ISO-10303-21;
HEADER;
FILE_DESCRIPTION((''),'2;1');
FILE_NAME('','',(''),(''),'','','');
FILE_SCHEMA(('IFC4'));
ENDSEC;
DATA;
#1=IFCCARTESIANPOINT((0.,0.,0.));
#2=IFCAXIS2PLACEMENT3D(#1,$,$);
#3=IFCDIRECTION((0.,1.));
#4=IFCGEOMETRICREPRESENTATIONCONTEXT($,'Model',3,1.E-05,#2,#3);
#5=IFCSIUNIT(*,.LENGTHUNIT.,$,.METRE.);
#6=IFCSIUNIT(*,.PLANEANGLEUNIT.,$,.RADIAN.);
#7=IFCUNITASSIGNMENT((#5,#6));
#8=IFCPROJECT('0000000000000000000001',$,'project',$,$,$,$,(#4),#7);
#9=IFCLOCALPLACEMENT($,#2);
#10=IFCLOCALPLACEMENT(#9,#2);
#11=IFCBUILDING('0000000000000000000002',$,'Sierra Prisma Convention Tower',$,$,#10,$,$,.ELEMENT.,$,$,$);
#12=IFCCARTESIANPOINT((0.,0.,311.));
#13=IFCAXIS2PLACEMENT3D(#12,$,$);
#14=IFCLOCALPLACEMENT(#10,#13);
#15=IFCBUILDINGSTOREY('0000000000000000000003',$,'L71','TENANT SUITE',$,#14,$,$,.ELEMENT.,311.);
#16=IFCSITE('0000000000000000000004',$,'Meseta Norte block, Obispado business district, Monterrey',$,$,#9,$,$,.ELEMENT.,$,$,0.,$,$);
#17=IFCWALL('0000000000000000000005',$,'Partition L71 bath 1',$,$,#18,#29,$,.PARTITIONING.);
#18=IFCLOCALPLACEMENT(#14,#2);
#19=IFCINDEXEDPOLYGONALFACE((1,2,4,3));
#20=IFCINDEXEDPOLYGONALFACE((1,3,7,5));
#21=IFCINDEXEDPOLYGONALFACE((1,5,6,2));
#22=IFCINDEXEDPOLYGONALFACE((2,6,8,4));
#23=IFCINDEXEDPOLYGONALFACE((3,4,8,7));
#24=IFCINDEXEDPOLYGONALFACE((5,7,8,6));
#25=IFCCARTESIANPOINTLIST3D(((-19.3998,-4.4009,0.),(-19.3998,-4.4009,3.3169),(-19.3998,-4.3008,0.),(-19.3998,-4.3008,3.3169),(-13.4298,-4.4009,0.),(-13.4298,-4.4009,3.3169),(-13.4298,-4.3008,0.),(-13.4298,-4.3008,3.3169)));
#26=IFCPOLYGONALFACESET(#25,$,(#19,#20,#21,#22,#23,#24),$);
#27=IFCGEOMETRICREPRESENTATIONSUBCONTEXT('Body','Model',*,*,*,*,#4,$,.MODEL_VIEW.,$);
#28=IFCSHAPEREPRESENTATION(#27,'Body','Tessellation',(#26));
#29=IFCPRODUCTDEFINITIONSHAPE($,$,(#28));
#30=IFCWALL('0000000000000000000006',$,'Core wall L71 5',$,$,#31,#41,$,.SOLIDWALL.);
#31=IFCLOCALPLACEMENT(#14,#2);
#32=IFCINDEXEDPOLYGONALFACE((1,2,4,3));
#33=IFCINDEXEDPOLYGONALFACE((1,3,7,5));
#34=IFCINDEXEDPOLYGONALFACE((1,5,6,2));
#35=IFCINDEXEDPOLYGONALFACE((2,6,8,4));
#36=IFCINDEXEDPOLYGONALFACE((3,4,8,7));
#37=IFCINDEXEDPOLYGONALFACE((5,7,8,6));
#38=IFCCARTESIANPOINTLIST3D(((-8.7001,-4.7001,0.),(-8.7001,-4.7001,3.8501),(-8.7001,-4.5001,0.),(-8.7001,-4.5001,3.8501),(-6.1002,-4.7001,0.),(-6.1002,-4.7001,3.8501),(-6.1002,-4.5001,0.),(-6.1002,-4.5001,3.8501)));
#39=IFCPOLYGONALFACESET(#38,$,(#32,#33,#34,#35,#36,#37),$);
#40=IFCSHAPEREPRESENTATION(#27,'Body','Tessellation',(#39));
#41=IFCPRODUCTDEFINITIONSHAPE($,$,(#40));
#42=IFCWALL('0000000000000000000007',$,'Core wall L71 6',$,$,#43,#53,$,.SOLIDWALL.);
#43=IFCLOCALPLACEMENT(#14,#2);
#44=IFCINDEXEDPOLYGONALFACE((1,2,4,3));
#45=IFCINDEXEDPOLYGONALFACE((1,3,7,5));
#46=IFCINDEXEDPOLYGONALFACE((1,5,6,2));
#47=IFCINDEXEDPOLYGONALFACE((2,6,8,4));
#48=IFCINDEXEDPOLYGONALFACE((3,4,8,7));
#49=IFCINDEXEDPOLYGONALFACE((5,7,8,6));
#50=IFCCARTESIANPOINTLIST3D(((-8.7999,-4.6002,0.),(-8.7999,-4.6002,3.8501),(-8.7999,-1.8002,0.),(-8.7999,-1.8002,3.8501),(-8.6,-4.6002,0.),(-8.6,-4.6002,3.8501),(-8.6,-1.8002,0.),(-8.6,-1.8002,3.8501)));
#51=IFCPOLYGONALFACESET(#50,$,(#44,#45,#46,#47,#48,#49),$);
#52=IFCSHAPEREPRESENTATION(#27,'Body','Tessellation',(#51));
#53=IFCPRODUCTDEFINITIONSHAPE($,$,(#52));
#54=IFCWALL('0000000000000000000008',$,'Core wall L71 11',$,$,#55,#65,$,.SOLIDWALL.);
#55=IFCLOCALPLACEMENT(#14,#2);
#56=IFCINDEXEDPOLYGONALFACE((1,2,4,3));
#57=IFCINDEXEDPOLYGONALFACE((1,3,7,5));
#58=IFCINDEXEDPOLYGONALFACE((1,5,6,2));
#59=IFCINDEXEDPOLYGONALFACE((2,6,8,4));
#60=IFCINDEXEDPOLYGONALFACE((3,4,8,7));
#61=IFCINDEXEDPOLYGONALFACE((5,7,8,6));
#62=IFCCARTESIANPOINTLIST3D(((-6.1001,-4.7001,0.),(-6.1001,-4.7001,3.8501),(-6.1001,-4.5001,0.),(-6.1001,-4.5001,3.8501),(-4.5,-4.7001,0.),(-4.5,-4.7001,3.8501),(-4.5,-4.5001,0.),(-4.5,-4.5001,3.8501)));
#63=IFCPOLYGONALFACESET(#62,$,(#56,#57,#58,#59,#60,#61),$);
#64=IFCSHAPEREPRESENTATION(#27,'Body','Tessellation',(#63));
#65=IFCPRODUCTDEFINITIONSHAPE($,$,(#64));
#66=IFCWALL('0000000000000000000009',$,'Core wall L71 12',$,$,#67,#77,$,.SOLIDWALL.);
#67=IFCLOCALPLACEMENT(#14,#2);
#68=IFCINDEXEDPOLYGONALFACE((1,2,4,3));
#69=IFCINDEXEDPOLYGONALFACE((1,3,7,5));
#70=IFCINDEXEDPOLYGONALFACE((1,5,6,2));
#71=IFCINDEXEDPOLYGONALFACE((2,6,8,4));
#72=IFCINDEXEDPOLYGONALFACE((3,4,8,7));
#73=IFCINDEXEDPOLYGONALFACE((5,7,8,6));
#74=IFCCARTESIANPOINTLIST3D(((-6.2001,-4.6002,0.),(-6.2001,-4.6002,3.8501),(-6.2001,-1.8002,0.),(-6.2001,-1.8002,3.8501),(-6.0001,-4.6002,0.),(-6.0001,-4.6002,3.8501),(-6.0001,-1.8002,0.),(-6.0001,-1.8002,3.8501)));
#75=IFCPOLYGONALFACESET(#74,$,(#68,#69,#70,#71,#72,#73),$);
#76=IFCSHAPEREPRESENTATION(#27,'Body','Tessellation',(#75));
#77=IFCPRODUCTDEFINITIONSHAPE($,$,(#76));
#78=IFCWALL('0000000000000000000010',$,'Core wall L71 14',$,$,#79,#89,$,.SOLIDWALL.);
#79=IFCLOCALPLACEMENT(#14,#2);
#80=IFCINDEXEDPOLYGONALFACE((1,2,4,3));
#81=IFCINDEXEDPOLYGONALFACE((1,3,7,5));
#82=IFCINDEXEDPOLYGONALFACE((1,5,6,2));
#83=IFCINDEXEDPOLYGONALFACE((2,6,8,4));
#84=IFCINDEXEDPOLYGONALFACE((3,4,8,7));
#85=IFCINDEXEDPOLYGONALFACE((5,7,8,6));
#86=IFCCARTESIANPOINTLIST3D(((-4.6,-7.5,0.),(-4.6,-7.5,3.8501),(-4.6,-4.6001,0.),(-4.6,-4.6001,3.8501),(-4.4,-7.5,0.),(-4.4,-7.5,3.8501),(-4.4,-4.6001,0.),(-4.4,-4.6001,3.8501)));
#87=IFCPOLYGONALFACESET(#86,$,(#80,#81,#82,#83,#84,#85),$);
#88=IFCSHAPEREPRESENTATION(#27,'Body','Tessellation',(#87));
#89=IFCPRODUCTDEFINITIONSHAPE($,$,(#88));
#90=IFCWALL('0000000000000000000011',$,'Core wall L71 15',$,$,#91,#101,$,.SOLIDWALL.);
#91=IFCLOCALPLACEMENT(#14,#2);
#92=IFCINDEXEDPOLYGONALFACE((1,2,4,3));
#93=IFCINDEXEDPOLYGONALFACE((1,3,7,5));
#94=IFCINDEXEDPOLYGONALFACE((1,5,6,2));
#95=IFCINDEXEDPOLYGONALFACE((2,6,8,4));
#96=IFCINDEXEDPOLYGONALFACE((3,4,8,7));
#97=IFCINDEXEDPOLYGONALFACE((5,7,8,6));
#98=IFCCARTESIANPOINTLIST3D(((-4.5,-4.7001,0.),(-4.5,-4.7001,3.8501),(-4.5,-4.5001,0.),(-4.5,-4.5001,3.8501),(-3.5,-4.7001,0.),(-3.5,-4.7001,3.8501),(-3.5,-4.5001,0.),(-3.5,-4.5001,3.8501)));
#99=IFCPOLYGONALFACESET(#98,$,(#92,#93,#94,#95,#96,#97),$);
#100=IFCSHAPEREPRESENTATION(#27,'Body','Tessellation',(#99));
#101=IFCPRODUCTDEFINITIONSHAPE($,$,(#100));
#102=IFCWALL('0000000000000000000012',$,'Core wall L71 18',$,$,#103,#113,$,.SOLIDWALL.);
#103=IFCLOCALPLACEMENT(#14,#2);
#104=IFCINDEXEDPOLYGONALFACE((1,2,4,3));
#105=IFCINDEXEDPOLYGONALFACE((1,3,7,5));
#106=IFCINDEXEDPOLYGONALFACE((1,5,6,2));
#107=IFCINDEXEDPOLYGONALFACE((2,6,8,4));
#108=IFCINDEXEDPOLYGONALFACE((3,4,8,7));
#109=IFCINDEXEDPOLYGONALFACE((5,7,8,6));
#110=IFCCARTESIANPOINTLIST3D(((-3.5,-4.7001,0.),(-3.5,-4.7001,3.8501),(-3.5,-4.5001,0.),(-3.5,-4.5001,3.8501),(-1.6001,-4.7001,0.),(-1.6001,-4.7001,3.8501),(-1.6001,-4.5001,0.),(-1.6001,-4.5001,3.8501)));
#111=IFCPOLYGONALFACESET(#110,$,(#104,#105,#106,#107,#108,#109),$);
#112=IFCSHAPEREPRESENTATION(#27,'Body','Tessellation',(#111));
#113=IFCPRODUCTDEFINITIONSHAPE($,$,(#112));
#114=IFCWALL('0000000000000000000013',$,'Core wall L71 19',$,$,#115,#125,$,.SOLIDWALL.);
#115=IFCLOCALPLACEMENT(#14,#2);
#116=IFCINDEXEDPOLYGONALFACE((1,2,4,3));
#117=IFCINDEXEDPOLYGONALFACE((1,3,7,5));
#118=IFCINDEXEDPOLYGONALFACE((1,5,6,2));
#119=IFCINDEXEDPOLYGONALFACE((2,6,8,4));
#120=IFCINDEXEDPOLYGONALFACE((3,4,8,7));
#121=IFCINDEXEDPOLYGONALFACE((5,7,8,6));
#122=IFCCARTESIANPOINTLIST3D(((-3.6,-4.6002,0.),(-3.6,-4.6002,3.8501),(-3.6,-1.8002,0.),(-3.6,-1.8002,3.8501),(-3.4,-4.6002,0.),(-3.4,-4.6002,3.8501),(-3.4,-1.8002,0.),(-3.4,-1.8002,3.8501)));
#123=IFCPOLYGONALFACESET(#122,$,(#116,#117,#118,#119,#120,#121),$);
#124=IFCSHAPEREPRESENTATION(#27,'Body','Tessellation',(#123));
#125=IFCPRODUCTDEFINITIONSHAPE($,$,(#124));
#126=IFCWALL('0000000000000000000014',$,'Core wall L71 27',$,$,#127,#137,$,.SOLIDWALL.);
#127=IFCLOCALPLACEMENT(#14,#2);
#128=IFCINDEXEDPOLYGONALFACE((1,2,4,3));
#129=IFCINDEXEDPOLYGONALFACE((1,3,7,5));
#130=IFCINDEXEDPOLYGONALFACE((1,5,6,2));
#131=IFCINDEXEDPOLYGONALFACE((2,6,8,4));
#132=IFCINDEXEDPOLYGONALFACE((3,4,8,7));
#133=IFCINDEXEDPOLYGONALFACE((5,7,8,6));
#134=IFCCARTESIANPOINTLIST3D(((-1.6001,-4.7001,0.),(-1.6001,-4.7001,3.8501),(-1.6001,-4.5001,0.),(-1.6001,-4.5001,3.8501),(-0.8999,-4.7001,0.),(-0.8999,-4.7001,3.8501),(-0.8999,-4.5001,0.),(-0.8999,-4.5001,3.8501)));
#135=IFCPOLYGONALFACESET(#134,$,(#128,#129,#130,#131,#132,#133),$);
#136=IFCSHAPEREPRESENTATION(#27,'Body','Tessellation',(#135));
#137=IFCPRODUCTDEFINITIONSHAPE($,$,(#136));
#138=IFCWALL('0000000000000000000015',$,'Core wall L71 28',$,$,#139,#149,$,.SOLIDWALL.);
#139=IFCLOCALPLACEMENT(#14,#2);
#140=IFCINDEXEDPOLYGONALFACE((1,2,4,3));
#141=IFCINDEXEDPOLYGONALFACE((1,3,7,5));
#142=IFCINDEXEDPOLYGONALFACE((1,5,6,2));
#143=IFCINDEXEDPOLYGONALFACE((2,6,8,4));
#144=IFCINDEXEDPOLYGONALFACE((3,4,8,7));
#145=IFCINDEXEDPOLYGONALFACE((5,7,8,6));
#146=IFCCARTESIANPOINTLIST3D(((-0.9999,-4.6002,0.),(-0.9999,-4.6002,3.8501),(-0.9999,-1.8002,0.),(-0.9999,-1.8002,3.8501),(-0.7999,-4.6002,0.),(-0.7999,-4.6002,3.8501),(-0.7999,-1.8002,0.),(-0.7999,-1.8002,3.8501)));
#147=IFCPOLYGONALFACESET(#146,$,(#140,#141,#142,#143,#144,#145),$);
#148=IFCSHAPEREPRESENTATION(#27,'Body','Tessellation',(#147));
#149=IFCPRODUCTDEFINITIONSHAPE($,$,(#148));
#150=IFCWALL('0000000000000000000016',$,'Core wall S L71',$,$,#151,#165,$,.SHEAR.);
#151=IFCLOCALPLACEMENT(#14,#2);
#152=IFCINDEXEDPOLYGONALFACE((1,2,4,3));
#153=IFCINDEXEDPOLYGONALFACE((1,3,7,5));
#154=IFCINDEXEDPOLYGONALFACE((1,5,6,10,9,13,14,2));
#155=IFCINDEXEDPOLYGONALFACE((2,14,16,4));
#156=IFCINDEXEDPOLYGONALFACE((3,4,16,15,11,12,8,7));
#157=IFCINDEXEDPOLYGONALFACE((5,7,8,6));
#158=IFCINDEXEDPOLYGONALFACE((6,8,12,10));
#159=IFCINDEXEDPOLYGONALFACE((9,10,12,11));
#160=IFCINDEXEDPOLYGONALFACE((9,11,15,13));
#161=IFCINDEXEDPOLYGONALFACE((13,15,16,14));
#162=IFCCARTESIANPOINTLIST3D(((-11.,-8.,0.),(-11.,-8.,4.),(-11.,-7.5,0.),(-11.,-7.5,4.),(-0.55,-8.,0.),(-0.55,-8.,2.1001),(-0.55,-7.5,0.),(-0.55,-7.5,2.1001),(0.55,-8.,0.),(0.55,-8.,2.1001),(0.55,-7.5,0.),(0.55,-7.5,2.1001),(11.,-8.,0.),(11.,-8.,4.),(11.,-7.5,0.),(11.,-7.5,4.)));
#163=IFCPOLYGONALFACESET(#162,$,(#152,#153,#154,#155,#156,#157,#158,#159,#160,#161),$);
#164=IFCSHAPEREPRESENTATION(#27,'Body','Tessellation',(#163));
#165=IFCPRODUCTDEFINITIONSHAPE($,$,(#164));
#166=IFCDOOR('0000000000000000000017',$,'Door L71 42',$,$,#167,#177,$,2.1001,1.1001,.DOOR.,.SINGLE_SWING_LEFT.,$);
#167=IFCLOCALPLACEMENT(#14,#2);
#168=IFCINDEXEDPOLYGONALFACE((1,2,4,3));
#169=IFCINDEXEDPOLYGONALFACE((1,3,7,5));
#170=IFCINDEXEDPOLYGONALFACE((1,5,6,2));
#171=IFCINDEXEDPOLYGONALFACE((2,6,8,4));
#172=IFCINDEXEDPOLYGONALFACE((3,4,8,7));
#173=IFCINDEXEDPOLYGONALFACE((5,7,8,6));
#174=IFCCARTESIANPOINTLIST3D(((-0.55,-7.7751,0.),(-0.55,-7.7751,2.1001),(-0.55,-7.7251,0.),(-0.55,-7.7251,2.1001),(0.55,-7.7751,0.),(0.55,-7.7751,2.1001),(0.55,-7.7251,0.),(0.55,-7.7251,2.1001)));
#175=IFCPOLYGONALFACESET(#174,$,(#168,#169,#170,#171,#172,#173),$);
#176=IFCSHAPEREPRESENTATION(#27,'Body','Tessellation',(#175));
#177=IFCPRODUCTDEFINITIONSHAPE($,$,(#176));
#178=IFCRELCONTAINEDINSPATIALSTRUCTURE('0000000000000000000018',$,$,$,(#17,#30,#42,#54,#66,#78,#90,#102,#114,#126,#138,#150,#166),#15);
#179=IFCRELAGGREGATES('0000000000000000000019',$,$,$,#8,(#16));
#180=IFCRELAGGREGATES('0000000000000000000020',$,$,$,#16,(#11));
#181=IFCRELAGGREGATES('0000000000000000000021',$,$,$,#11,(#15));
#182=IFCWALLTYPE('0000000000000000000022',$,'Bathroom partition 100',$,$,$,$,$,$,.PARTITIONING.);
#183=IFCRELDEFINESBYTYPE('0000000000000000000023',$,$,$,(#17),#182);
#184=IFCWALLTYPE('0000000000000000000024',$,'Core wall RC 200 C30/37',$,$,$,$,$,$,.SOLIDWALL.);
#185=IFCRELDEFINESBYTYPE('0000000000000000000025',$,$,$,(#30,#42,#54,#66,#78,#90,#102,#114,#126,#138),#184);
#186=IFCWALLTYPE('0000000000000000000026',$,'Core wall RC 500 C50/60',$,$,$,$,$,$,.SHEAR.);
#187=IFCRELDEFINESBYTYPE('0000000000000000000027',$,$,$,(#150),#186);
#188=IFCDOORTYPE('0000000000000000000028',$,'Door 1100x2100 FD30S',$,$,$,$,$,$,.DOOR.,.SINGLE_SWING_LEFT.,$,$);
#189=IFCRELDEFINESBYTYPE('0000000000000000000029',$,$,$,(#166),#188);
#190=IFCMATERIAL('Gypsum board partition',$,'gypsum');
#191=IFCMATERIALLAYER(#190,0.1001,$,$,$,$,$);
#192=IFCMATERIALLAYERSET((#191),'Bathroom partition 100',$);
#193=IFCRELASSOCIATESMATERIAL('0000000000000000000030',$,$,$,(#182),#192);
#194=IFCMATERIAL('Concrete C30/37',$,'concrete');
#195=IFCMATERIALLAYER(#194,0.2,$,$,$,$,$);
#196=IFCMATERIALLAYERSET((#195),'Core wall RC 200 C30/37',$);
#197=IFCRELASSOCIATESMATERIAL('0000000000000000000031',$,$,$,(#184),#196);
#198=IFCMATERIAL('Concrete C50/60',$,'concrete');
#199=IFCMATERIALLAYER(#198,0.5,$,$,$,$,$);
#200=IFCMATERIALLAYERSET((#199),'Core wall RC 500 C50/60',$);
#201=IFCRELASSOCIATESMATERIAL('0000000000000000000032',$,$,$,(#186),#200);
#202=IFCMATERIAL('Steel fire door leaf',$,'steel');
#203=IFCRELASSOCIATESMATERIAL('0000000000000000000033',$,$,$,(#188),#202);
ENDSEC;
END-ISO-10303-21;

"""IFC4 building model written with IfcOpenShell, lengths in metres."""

from ifc_helpers import new_model, si_unit, direction, frame, frame_2d, origin, place, context, subcontext, project, spatial, rectangle, extrude, material, layer, layer_set, type_object, element, fill, save


model = new_model("IFC4")

# Units and contexts
model_context = context("Model", 3, precision=1e-05, world=origin(), true_north=direction((0.0, 1.0)))
body_context = subcontext(model_context, "Body", "Model", "MODEL_VIEW")
ifc_project = project(units=[si_unit("LENGTHUNIT", "METRE"), si_unit("PLANEANGLEUNIT", "RADIAN")], contexts=[model_context])

# Site, building, storey
site_placement = place(None, origin())
site = spatial("IfcSite", under=ifc_project, at=site_placement, Name="Meseta Norte block, Obispado business district, Monterrey", CompositionType="ELEMENT", RefElevation=0.0)
building_placement = place(site_placement, origin())
building = spatial("IfcBuilding", under=site, at=building_placement, Name="Sierra Prisma Convention Tower", CompositionType="ELEMENT")
storey_placement = place(building_placement, frame((0.0, 0.0, 311.0)))
storey = spatial("IfcBuildingStorey", under=building, at=storey_placement, Name="L71", Description="TENANT SUITE", CompositionType="ELEMENT", Elevation=311.0)

# Wall
ifc_material_1 = material(Name="Gypsum board partition", Category="gypsum")
ifc_layer_1 = layer(ifc_material_1, 0.1001)
ifc_layer_set_1 = layer_set([ifc_layer_1], Name="Bathroom partition 100")
wall_type_1 = type_object("IfcWallType", Name="Bathroom partition 100", PredefinedType="PARTITIONING", material=ifc_layer_set_1)
wall_1_placement = place(storey_placement, frame((-13.4299, -4.3508, 0.0), z_axis=(0.0, 0.0, 1.0), x_axis=(-1.0, 0.0, 0.0)))
element("IfcWall", 1, at=wall_1_placement, inside=storey, type_object=wall_type_1, Name="Partition L71 bath 1", PredefinedType="PARTITIONING", context=body_context, shape_type="SweptSolid", body=[
    extrude(rectangle(XDim=5.97, YDim=0.1001, at=frame_2d((2.9849, 0.0))), origin(), (0.0, 0.0, 1.0), 3.3169),
])

# Shared definitions
ifc_material_2 = material(Name="Concrete C30/37", Category="concrete")
ifc_layer_2 = layer(ifc_material_2, 0.2)
ifc_layer_set_2 = layer_set([ifc_layer_2], Name="Core wall RC 200 C30/37")
wall_type_2 = type_object("IfcWallType", Name="Core wall RC 200 C30/37", PredefinedType="SOLIDWALL", material=ifc_layer_set_2)

# Walls
wall_2_placement = place(storey_placement, frame((-8.7, -4.6001, 0.0), z_axis=(0.0, 0.0, 1.0), x_axis=(1.0, 0.0, 0.0)))
element("IfcWall", 2, at=wall_2_placement, inside=storey, type_object=wall_type_2, Name="Core wall L71 5", PredefinedType="SOLIDWALL", context=body_context, shape_type="SweptSolid", body=[
    extrude(rectangle(XDim=2.5999, YDim=0.2, at=frame_2d((1.2998, 0.0))), origin(), (0.0, 0.0, 1.0), 3.8501),
])
wall_3_placement = place(storey_placement, frame((-8.7, -4.6001, 0.0), z_axis=(0.0, 0.0, 1.0), x_axis=(0.0, 1.0, 0.0)))
element("IfcWall", 3, at=wall_3_placement, inside=storey, type_object=wall_type_2, Name="Core wall L71 6", PredefinedType="SOLIDWALL", context=body_context, shape_type="SweptSolid", body=[
    extrude(rectangle(XDim=2.8, YDim=0.2, at=frame_2d((1.3999, 0.0))), origin(), (0.0, 0.0, 1.0), 3.8501),
])
wall_4_placement = place(storey_placement, frame((-6.1001, -4.6001, 0.0), z_axis=(0.0, 0.0, 1.0), x_axis=(1.0, 0.0, 0.0)))
element("IfcWall", 4, at=wall_4_placement, inside=storey, type_object=wall_type_2, Name="Core wall L71 11", PredefinedType="SOLIDWALL", context=body_context, shape_type="SweptSolid", body=[
    extrude(rectangle(XDim=1.6001, YDim=0.2, at=frame_2d((0.8, 0.0))), origin(), (0.0, 0.0, 1.0), 3.8501),
])
wall_5_placement = place(storey_placement, frame((-6.1001, -4.6001, 0.0), z_axis=(0.0, 0.0, 1.0), x_axis=(0.0, 1.0, 0.0)))
element("IfcWall", 5, at=wall_5_placement, inside=storey, type_object=wall_type_2, Name="Core wall L71 12", PredefinedType="SOLIDWALL", context=body_context, shape_type="SweptSolid", body=[
    extrude(rectangle(XDim=2.8, YDim=0.2, at=frame_2d((1.3999, 0.0))), origin(), (0.0, 0.0, 1.0), 3.8501),
])
wall_6_placement = place(storey_placement, frame((-4.5, -4.6001, 0.0), z_axis=(0.0, 0.0, 1.0), x_axis=(0.0, -1.0, 0.0)))
element("IfcWall", 6, at=wall_6_placement, inside=storey, type_object=wall_type_2, Name="Core wall L71 14", PredefinedType="SOLIDWALL", context=body_context, shape_type="SweptSolid", body=[
    extrude(rectangle(XDim=2.8999, YDim=0.2, at=frame_2d((1.45, 0.0))), origin(), (0.0, 0.0, 1.0), 3.8501),
])
wall_7_placement = place(storey_placement, frame((-4.5, -4.6001, 0.0), z_axis=(0.0, 0.0, 1.0), x_axis=(1.0, 0.0, 0.0)))
element("IfcWall", 7, at=wall_7_placement, inside=storey, type_object=wall_type_2, Name="Core wall L71 15", PredefinedType="SOLIDWALL", context=body_context, shape_type="SweptSolid", body=[
    extrude(rectangle(XDim=1.0, YDim=0.2, at=frame_2d((0.5, 0.0))), origin(), (0.0, 0.0, 1.0), 3.8501),
])
wall_8_placement = place(storey_placement, frame((-3.5, -4.6001, 0.0), z_axis=(0.0, 0.0, 1.0), x_axis=(1.0, 0.0, 0.0)))
element("IfcWall", 8, at=wall_8_placement, inside=storey, type_object=wall_type_2, Name="Core wall L71 18", PredefinedType="SOLIDWALL", context=body_context, shape_type="SweptSolid", body=[
    extrude(rectangle(XDim=1.8999, YDim=0.2, at=frame_2d((0.95, 0.0))), origin(), (0.0, 0.0, 1.0), 3.8501),
])
wall_9_placement = place(storey_placement, frame((-3.5, -4.6001, 0.0), z_axis=(0.0, 0.0, 1.0), x_axis=(0.0, 1.0, 0.0)))
element("IfcWall", 9, at=wall_9_placement, inside=storey, type_object=wall_type_2, Name="Core wall L71 19", PredefinedType="SOLIDWALL", context=body_context, shape_type="SweptSolid", body=[
    extrude(rectangle(XDim=2.8, YDim=0.2, at=frame_2d((1.3999, 0.0))), origin(), (0.0, 0.0, 1.0), 3.8501),
])

# Walls
wall_10_placement = place(storey_placement, frame((-1.6001, -4.6001, 0.0), z_axis=(0.0, 0.0, 1.0), x_axis=(1.0, 0.0, 0.0)))
element("IfcWall", 10, at=wall_10_placement, inside=storey, type_object=wall_type_2, Name="Core wall L71 27", PredefinedType="SOLIDWALL", context=body_context, shape_type="SweptSolid", body=[
    extrude(rectangle(XDim=0.7002, YDim=0.2, at=frame_2d((0.3501, 0.0))), origin(), (0.0, 0.0, 1.0), 3.8501),
])
wall_11_placement = place(storey_placement, frame((-0.8999, -4.6001, 0.0), z_axis=(0.0, 0.0, 1.0), x_axis=(0.0, 1.0, 0.0)))
element("IfcWall", 11, at=wall_11_placement, inside=storey, type_object=wall_type_2, Name="Core wall L71 28", PredefinedType="SOLIDWALL", context=body_context, shape_type="SweptSolid", body=[
    extrude(rectangle(XDim=2.8, YDim=0.2, at=frame_2d((1.3999, 0.0))), origin(), (0.0, 0.0, 1.0), 3.8501),
])

# Wall, opening, door
ifc_material_3 = material(Name="Concrete C50/60", Category="concrete")
ifc_layer_3 = layer(ifc_material_3, 0.5)
ifc_layer_set_3 = layer_set([ifc_layer_3], Name="Core wall RC 500 C50/60")
wall_type_3 = type_object("IfcWallType", Name="Core wall RC 500 C50/60", PredefinedType="SHEAR", material=ifc_layer_set_3)
wall_12_placement = place(storey_placement, frame((-11.0, -7.75, 0.0), z_axis=(0.0, 0.0, 1.0), x_axis=(1.0, 0.0, 0.0)))
wall_12 = element("IfcWall", 12, at=wall_12_placement, inside=storey, type_object=wall_type_3, Name="Core wall S L71", PredefinedType="SHEAR", context=body_context, shape_type="SweptSolid", body=[
    extrude(rectangle(XDim=22.0, YDim=0.5, at=frame_2d((11.0, 0.0))), origin(), (0.0, 0.0, 1.0), 4.0),
])
opening_1_placement = place(wall_12_placement, frame((10.45, 0.0, 0.0)))
opening_1 = element("IfcOpeningElement", 13, at=opening_1_placement, cuts=wall_12, PredefinedType="OPENING", context=body_context, shape_type="SweptSolid", body=[
    extrude(rectangle(XDim=1.1001, YDim=2.1001, at=frame_2d((0.55, 1.05))), frame((0.0, 0.25, 0.0), z_axis=(0.0, -1.0, 0.0), x_axis=(1.0, 0.0, 0.0)), (0.0, 0.0, 1.0), 0.5),
])
ifc_material_4 = material(Name="Steel fire door leaf", Category="steel")
door_type_1 = type_object("IfcDoorType", Name="Door 1100x2100 FD30S", OperationType="SINGLE_SWING_LEFT", PredefinedType="DOOR", material=ifc_material_4)
door_1_placement = place(opening_1_placement, origin())
door_1 = element("IfcDoor", 14, at=door_1_placement, inside=storey, type_object=door_type_1, Name="Door L71 42", OperationType="SINGLE_SWING_LEFT", OverallHeight=2.1001, OverallWidth=1.1001, PredefinedType="DOOR", context=body_context, shape_type="SweptSolid", body=[
    extrude(rectangle(XDim=1.1001, YDim=2.1001, at=frame_2d((0.55, 1.05))), frame((0.0, 0.0249, 0.0), z_axis=(0.0, -1.0, 0.0), x_axis=(1.0, 0.0, 0.0)), (0.0, 0.0, 1.0), 0.05),
])
fill(opening_1, door_1)

save(model, "model.ifc")
